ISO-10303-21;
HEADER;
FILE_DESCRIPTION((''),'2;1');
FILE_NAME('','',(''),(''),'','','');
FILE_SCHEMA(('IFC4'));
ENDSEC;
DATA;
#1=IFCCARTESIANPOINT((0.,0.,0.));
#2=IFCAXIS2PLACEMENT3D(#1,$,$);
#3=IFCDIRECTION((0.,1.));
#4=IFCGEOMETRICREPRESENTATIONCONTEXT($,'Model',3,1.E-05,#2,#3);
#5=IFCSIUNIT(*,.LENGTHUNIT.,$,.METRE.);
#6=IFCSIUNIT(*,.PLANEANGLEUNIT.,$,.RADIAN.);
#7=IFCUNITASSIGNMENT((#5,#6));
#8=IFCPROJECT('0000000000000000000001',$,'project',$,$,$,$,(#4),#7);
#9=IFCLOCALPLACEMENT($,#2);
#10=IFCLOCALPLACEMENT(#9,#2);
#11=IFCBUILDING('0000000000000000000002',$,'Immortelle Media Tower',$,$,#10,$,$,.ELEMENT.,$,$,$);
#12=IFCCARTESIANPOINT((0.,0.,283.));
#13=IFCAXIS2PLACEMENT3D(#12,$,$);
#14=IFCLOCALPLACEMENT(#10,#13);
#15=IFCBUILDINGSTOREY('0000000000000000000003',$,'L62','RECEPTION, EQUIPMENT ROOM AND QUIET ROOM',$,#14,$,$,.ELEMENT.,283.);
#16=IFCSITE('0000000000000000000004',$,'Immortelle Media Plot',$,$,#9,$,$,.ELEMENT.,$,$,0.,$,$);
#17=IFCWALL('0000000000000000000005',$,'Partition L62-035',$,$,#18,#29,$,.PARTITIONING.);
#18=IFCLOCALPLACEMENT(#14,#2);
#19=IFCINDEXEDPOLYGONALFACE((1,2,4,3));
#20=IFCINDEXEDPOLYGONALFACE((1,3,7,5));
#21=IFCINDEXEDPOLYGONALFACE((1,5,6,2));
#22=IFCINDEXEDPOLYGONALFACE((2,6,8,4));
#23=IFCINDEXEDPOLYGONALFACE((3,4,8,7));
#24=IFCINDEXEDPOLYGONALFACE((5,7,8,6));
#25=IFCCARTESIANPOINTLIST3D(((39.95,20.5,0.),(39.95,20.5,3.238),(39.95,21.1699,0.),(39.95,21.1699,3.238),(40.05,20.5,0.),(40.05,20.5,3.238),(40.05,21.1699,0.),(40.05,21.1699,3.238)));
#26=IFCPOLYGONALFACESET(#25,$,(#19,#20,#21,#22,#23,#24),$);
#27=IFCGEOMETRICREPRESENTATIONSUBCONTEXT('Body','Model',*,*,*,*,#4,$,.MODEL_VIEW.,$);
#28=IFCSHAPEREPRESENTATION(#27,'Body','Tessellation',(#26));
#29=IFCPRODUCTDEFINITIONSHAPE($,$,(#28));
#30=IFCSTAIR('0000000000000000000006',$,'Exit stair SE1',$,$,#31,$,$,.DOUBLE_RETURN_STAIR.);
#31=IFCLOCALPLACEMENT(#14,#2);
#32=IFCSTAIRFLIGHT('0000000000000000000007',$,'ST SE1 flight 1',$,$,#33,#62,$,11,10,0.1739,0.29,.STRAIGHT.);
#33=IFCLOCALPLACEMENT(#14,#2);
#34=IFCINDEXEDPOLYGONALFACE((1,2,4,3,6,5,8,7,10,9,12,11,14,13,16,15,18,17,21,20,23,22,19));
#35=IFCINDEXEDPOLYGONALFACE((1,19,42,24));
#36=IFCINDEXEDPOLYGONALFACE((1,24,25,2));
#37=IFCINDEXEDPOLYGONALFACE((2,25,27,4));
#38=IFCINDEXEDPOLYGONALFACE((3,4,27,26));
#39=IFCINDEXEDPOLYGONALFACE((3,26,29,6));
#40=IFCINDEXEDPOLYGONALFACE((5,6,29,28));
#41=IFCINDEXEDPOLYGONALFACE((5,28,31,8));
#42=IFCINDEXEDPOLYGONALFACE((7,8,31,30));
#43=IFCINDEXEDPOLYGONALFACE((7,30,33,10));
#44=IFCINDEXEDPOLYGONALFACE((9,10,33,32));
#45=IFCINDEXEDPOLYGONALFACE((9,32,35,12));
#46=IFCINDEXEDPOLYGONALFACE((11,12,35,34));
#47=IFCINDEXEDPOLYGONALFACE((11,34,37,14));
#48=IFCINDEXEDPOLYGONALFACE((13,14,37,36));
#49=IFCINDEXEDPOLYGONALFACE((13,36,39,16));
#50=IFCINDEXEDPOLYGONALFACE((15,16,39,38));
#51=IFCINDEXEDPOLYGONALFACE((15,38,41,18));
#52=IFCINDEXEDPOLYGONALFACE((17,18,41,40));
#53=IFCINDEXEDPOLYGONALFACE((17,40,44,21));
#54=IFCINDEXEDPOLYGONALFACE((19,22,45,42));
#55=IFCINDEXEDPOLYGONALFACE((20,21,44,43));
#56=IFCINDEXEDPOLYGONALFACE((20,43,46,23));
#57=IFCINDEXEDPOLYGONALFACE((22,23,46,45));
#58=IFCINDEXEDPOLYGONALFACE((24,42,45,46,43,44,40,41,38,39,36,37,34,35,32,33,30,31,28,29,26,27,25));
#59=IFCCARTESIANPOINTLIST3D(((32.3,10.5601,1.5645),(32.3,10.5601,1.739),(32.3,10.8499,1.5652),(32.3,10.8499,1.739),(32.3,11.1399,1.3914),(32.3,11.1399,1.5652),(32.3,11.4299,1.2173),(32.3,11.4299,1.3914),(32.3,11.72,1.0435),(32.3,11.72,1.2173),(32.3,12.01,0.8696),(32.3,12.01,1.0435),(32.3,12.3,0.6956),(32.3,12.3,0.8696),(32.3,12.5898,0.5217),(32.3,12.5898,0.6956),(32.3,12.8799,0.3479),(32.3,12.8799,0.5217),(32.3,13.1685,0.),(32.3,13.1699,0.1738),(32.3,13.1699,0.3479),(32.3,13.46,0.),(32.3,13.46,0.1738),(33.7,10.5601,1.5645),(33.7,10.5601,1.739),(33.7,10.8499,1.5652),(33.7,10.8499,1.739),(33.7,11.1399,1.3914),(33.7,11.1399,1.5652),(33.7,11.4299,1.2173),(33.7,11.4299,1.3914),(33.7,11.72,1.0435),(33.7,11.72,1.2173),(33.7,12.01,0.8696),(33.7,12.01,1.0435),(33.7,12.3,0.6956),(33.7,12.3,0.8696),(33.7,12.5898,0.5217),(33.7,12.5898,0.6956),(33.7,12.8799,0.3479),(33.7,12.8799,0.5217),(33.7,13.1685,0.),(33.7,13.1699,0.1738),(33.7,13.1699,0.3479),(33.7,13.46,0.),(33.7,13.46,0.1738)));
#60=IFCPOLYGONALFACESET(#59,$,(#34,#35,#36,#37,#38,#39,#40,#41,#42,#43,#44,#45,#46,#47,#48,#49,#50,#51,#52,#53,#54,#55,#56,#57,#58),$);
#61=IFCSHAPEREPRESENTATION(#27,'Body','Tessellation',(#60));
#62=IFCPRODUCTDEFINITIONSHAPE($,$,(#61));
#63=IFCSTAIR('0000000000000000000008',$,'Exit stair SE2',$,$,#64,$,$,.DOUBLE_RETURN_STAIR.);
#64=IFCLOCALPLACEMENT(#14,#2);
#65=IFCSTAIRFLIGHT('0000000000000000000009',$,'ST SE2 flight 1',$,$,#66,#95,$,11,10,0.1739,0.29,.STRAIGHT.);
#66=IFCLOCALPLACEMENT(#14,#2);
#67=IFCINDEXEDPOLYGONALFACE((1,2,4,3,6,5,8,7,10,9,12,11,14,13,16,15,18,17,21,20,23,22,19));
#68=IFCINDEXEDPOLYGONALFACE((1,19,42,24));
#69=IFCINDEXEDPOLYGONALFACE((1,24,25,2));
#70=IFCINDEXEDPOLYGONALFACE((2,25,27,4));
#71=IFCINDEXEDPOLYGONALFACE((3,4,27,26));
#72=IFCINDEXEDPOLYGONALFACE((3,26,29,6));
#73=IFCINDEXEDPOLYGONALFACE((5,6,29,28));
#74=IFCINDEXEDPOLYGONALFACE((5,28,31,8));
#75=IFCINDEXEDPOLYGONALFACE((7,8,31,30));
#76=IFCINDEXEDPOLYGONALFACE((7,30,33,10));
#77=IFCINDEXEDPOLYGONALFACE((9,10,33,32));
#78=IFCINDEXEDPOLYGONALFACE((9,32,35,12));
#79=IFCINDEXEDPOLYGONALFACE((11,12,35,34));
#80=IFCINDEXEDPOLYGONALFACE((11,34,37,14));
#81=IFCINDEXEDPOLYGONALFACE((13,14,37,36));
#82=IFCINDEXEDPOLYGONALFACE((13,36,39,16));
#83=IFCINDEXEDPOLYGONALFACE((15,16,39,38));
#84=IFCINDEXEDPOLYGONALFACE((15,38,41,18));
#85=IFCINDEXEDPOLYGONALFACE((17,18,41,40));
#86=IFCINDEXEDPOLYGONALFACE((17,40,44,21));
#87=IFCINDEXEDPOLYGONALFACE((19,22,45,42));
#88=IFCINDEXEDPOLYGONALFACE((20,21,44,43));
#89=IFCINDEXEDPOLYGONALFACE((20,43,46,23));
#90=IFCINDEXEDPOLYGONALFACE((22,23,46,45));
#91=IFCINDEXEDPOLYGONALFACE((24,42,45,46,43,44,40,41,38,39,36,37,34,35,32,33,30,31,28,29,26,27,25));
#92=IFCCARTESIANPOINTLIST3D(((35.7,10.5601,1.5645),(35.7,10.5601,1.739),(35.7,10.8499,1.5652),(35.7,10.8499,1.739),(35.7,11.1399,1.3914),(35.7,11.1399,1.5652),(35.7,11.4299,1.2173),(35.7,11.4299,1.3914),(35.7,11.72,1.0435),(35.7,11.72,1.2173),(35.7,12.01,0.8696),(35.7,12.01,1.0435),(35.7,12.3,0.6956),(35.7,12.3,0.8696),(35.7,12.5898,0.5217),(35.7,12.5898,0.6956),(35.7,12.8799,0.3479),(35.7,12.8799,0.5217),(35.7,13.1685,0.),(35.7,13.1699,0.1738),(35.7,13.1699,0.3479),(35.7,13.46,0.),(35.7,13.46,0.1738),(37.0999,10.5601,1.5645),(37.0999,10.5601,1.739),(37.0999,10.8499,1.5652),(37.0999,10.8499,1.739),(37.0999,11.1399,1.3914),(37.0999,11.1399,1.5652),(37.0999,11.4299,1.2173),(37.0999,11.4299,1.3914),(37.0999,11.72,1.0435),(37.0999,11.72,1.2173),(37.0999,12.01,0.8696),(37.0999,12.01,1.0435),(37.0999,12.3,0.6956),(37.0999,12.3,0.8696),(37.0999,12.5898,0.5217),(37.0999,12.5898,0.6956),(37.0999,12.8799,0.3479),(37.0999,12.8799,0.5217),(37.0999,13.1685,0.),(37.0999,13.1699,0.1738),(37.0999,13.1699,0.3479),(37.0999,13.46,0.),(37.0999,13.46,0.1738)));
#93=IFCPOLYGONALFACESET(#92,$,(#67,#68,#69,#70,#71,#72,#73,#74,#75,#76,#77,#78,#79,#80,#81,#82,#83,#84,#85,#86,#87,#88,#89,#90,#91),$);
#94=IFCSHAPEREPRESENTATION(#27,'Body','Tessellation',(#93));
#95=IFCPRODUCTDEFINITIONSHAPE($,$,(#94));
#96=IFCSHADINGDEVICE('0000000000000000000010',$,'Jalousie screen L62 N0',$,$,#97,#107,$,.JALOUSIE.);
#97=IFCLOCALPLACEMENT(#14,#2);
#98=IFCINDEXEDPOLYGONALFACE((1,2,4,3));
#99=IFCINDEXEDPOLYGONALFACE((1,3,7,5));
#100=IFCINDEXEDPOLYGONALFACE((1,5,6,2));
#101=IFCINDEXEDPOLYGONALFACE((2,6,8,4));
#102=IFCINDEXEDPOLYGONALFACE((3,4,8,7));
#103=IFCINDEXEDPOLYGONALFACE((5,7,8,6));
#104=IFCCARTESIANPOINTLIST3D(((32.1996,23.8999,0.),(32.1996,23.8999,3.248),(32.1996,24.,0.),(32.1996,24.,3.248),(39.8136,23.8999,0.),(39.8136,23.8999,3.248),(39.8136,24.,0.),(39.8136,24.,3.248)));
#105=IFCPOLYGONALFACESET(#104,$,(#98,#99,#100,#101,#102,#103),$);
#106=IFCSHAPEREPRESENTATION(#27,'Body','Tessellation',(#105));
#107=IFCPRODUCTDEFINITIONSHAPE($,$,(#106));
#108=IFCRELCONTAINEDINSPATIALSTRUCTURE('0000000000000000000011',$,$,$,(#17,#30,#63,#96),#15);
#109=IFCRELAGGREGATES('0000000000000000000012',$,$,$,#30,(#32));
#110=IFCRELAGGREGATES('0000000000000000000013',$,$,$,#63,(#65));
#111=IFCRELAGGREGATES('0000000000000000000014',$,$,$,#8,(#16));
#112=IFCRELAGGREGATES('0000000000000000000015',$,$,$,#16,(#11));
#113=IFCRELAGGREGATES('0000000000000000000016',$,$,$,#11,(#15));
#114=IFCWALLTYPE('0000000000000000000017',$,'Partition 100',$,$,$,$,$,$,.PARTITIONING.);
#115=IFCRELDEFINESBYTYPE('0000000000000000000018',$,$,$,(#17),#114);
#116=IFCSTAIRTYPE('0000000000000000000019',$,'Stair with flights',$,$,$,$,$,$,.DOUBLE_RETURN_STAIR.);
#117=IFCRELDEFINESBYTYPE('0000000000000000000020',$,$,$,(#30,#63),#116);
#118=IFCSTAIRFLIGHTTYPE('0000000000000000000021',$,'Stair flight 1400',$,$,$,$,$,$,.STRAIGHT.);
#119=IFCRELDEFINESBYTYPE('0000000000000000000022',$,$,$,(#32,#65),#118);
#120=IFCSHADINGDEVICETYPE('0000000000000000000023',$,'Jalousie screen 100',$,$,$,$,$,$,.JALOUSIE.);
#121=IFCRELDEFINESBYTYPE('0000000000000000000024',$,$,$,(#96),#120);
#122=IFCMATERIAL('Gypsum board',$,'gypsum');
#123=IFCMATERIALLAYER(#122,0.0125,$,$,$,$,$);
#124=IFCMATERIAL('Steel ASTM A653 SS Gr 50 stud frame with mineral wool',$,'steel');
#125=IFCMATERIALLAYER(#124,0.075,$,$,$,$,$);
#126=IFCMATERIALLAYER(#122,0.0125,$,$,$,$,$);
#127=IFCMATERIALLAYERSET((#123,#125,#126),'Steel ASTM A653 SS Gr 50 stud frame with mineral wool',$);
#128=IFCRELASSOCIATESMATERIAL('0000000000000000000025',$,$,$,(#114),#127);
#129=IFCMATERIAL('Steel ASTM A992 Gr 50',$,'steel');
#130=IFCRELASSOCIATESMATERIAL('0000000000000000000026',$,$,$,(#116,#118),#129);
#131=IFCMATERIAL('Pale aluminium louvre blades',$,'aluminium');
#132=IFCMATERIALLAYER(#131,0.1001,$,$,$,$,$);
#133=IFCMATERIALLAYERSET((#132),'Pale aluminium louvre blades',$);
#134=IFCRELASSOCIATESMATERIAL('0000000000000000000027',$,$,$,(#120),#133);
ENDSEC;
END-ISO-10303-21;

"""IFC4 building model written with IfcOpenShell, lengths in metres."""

from ifc_helpers import new_model, si_unit, direction, frame, frame_2d, origin, origin_2d, place, context, subcontext, project, spatial, polyline, rectangle, outline, extrude, material, layer, layer_set, type_object, element, aggregate, save


model = new_model("IFC4")

# Units and contexts
model_context = context("Model", 3, precision=1e-05, world=origin(), true_north=direction((0.0, 1.0)))
body_context = subcontext(model_context, "Body", "Model", "MODEL_VIEW")
ifc_project = project(units=[si_unit("LENGTHUNIT", "METRE"), si_unit("PLANEANGLEUNIT", "RADIAN")], contexts=[model_context])

# Site, building, storey
site_placement = place(None, origin())
site = spatial("IfcSite", under=ifc_project, at=site_placement, Name="Immortelle Media Plot", CompositionType="ELEMENT", RefElevation=0.0)
building_placement = place(site_placement, origin())
building = spatial("IfcBuilding", under=site, at=building_placement, Name="Immortelle Media Tower", CompositionType="ELEMENT")
storey_placement = place(building_placement, frame((0.0, 0.0, 283.0)))
storey = spatial("IfcBuildingStorey", under=building, at=storey_placement, Name="L62", Description="RECEPTION, EQUIPMENT ROOM AND QUIET ROOM", CompositionType="ELEMENT", Elevation=283.0)

# Shared definitions
ifc_material_1 = material(Name="Steel ASTM A992 Gr 50", Category="steel")

# Shared definitions
ifc_material_2 = material(Name="Steel ASTM A653 SS Gr 50 stud frame with mineral wool", Category="steel")

# Wall
ifc_material_3 = material(Name="Gypsum board", Category="gypsum")
ifc_layer_1 = layer(ifc_material_3, 0.0125)
ifc_layer_2 = layer(ifc_material_2, 0.075)
ifc_layer_3 = layer(ifc_material_3, 0.0125)
ifc_layer_set_1 = layer_set([ifc_layer_1, ifc_layer_2, ifc_layer_3], Name="Steel ASTM A653 SS Gr 50 stud frame with mineral wool")
wall_type_1 = type_object("IfcWallType", Name="Partition 100", PredefinedType="PARTITIONING", material=ifc_layer_set_1)
wall_1_placement = place(storey_placement, frame((40.0, 20.5, 0.0), z_axis=(0.0, 0.0, 1.0), x_axis=(0.0, 1.0, 0.0)))
element("IfcWall", 1, at=wall_1_placement, inside=storey, type_object=wall_type_1, Name="Partition L62-035", PredefinedType="PARTITIONING", context=body_context, shape_type="SweptSolid", body=[
    extrude(rectangle(XDim=0.6699, YDim=0.1001, at=frame_2d((0.335, 0.0))), origin(), (0.0, 0.0, 1.0), 3.238),
])

# Stairs, stair flights
stair_type = type_object("IfcStairType", Name="Stair with flights", PredefinedType="DOUBLE_RETURN_STAIR", material=ifc_material_1)
stair_1_placement = place(storey_placement, origin())
stair_1 = element("IfcStair", 2, at=stair_1_placement, inside=storey, type_object=stair_type, Name="Exit stair SE1", PredefinedType="DOUBLE_RETURN_STAIR")
stair_flight_type = type_object("IfcStairFlightType", Name="Stair flight 1400", PredefinedType="STRAIGHT", material=ifc_material_1)
stair_flight_1_placement = place(storey_placement, frame((33.0, 13.46, 0.0), z_axis=(0.0, 0.0, 1.0), x_axis=(0.0, -1.0, 0.0)))
stair_flight_1 = element("IfcStairFlight", 3, at=stair_flight_1_placement, type_object=stair_flight_type, Name="ST SE1 flight 1", NumberOfRisers=11, NumberOfTreads=10, PredefinedType="STRAIGHT", RiserHeight=0.1739, TreadLength=0.29, context=body_context, shape_type="SweptSolid", body=[
    extrude(outline(polyline([(0.0, 0.0), (0.0, 0.1738), (0.29, 0.1738), (0.29, 0.3479), (0.5801, 0.3479), (0.5801, 0.5217), (0.8701, 0.5217), (0.8701, 0.6956), (1.1599, 0.6956), (1.1599, 0.8696), (1.45, 0.8696), (1.45, 1.0435), (1.74, 1.0435), (1.74, 1.2173), (2.03, 1.2173), (2.03, 1.3914), (2.3201, 1.3914), (2.3201, 1.5652), (2.6101, 1.5652), (2.6101, 1.739), (2.8999, 1.739), (2.8999, 1.9131), (2.8999, 1.5645), (0.2915, 0.0), (0.0, 0.0)])), frame((0.0, 0.7, 0.0), z_axis=(0.0, -1.0, 0.0), x_axis=(1.0, 0.0, 0.0)), (0.0, 0.0, 1.0), 1.3999),
])
aggregate(stair_1, [stair_flight_1])
stair_2_placement = place(storey_placement, origin())
stair_2 = element("IfcStair", 4, at=stair_2_placement, inside=storey, type_object=stair_type, Name="Exit stair SE2", PredefinedType="DOUBLE_RETURN_STAIR")
stair_flight_2_placement = place(storey_placement, frame((36.3999, 13.46, 0.0), z_axis=(0.0, 0.0, 1.0), x_axis=(0.0, -1.0, 0.0)))
stair_flight_2 = element("IfcStairFlight", 5, at=stair_flight_2_placement, type_object=stair_flight_type, Name="ST SE2 flight 1", NumberOfRisers=11, NumberOfTreads=10, PredefinedType="STRAIGHT", RiserHeight=0.1739, TreadLength=0.29, context=body_context, shape_type="SweptSolid", body=[
    extrude(outline(polyline([(0.0, 0.0), (0.0, 0.1738), (0.29, 0.1738), (0.29, 0.3479), (0.5801, 0.3479), (0.5801, 0.5217), (0.8701, 0.5217), (0.8701, 0.6956), (1.1599, 0.6956), (1.1599, 0.8696), (1.45, 0.8696), (1.45, 1.0435), (1.74, 1.0435), (1.74, 1.2173), (2.03, 1.2173), (2.03, 1.3914), (2.3201, 1.3914), (2.3201, 1.5652), (2.6101, 1.5652), (2.6101, 1.739), (2.8999, 1.739), (2.8999, 1.9131), (2.8999, 1.5645), (0.2915, 0.0), (0.0, 0.0)])), frame((0.0, 0.7, 0.0), z_axis=(0.0, -1.0, 0.0), x_axis=(1.0, 0.0, 0.0)), (0.0, 0.0, 1.0), 1.3999),
])
aggregate(stair_2, [stair_flight_2])

# Shading device
ifc_material_4 = material(Name="Pale aluminium louvre blades", Category="aluminium")
ifc_layer_4 = layer(ifc_material_4, 0.1001)
ifc_layer_set_2 = layer_set([ifc_layer_4], Name="Pale aluminium louvre blades")
shading_device_type = type_object("IfcShadingDeviceType", Name="Jalousie screen 100", PredefinedType="JALOUSIE", material=ifc_layer_set_2)
shading_device_placement = place(storey_placement, frame((36.0066, 23.95, 0.0), z_axis=(0.0, 0.0, 1.0), x_axis=(-1.0, 0.0, 0.0)))
element("IfcShadingDevice", 6, at=shading_device_placement, inside=storey, type_object=shading_device_type, Name="Jalousie screen L62 N0", PredefinedType="JALOUSIE", context=body_context, shape_type="SweptSolid", body=[
    extrude(rectangle(XDim=7.614, YDim=0.1001, at=origin_2d()), origin(), (0.0, 0.0, 1.0), 3.248),
])

save(model, "model.ifc")
